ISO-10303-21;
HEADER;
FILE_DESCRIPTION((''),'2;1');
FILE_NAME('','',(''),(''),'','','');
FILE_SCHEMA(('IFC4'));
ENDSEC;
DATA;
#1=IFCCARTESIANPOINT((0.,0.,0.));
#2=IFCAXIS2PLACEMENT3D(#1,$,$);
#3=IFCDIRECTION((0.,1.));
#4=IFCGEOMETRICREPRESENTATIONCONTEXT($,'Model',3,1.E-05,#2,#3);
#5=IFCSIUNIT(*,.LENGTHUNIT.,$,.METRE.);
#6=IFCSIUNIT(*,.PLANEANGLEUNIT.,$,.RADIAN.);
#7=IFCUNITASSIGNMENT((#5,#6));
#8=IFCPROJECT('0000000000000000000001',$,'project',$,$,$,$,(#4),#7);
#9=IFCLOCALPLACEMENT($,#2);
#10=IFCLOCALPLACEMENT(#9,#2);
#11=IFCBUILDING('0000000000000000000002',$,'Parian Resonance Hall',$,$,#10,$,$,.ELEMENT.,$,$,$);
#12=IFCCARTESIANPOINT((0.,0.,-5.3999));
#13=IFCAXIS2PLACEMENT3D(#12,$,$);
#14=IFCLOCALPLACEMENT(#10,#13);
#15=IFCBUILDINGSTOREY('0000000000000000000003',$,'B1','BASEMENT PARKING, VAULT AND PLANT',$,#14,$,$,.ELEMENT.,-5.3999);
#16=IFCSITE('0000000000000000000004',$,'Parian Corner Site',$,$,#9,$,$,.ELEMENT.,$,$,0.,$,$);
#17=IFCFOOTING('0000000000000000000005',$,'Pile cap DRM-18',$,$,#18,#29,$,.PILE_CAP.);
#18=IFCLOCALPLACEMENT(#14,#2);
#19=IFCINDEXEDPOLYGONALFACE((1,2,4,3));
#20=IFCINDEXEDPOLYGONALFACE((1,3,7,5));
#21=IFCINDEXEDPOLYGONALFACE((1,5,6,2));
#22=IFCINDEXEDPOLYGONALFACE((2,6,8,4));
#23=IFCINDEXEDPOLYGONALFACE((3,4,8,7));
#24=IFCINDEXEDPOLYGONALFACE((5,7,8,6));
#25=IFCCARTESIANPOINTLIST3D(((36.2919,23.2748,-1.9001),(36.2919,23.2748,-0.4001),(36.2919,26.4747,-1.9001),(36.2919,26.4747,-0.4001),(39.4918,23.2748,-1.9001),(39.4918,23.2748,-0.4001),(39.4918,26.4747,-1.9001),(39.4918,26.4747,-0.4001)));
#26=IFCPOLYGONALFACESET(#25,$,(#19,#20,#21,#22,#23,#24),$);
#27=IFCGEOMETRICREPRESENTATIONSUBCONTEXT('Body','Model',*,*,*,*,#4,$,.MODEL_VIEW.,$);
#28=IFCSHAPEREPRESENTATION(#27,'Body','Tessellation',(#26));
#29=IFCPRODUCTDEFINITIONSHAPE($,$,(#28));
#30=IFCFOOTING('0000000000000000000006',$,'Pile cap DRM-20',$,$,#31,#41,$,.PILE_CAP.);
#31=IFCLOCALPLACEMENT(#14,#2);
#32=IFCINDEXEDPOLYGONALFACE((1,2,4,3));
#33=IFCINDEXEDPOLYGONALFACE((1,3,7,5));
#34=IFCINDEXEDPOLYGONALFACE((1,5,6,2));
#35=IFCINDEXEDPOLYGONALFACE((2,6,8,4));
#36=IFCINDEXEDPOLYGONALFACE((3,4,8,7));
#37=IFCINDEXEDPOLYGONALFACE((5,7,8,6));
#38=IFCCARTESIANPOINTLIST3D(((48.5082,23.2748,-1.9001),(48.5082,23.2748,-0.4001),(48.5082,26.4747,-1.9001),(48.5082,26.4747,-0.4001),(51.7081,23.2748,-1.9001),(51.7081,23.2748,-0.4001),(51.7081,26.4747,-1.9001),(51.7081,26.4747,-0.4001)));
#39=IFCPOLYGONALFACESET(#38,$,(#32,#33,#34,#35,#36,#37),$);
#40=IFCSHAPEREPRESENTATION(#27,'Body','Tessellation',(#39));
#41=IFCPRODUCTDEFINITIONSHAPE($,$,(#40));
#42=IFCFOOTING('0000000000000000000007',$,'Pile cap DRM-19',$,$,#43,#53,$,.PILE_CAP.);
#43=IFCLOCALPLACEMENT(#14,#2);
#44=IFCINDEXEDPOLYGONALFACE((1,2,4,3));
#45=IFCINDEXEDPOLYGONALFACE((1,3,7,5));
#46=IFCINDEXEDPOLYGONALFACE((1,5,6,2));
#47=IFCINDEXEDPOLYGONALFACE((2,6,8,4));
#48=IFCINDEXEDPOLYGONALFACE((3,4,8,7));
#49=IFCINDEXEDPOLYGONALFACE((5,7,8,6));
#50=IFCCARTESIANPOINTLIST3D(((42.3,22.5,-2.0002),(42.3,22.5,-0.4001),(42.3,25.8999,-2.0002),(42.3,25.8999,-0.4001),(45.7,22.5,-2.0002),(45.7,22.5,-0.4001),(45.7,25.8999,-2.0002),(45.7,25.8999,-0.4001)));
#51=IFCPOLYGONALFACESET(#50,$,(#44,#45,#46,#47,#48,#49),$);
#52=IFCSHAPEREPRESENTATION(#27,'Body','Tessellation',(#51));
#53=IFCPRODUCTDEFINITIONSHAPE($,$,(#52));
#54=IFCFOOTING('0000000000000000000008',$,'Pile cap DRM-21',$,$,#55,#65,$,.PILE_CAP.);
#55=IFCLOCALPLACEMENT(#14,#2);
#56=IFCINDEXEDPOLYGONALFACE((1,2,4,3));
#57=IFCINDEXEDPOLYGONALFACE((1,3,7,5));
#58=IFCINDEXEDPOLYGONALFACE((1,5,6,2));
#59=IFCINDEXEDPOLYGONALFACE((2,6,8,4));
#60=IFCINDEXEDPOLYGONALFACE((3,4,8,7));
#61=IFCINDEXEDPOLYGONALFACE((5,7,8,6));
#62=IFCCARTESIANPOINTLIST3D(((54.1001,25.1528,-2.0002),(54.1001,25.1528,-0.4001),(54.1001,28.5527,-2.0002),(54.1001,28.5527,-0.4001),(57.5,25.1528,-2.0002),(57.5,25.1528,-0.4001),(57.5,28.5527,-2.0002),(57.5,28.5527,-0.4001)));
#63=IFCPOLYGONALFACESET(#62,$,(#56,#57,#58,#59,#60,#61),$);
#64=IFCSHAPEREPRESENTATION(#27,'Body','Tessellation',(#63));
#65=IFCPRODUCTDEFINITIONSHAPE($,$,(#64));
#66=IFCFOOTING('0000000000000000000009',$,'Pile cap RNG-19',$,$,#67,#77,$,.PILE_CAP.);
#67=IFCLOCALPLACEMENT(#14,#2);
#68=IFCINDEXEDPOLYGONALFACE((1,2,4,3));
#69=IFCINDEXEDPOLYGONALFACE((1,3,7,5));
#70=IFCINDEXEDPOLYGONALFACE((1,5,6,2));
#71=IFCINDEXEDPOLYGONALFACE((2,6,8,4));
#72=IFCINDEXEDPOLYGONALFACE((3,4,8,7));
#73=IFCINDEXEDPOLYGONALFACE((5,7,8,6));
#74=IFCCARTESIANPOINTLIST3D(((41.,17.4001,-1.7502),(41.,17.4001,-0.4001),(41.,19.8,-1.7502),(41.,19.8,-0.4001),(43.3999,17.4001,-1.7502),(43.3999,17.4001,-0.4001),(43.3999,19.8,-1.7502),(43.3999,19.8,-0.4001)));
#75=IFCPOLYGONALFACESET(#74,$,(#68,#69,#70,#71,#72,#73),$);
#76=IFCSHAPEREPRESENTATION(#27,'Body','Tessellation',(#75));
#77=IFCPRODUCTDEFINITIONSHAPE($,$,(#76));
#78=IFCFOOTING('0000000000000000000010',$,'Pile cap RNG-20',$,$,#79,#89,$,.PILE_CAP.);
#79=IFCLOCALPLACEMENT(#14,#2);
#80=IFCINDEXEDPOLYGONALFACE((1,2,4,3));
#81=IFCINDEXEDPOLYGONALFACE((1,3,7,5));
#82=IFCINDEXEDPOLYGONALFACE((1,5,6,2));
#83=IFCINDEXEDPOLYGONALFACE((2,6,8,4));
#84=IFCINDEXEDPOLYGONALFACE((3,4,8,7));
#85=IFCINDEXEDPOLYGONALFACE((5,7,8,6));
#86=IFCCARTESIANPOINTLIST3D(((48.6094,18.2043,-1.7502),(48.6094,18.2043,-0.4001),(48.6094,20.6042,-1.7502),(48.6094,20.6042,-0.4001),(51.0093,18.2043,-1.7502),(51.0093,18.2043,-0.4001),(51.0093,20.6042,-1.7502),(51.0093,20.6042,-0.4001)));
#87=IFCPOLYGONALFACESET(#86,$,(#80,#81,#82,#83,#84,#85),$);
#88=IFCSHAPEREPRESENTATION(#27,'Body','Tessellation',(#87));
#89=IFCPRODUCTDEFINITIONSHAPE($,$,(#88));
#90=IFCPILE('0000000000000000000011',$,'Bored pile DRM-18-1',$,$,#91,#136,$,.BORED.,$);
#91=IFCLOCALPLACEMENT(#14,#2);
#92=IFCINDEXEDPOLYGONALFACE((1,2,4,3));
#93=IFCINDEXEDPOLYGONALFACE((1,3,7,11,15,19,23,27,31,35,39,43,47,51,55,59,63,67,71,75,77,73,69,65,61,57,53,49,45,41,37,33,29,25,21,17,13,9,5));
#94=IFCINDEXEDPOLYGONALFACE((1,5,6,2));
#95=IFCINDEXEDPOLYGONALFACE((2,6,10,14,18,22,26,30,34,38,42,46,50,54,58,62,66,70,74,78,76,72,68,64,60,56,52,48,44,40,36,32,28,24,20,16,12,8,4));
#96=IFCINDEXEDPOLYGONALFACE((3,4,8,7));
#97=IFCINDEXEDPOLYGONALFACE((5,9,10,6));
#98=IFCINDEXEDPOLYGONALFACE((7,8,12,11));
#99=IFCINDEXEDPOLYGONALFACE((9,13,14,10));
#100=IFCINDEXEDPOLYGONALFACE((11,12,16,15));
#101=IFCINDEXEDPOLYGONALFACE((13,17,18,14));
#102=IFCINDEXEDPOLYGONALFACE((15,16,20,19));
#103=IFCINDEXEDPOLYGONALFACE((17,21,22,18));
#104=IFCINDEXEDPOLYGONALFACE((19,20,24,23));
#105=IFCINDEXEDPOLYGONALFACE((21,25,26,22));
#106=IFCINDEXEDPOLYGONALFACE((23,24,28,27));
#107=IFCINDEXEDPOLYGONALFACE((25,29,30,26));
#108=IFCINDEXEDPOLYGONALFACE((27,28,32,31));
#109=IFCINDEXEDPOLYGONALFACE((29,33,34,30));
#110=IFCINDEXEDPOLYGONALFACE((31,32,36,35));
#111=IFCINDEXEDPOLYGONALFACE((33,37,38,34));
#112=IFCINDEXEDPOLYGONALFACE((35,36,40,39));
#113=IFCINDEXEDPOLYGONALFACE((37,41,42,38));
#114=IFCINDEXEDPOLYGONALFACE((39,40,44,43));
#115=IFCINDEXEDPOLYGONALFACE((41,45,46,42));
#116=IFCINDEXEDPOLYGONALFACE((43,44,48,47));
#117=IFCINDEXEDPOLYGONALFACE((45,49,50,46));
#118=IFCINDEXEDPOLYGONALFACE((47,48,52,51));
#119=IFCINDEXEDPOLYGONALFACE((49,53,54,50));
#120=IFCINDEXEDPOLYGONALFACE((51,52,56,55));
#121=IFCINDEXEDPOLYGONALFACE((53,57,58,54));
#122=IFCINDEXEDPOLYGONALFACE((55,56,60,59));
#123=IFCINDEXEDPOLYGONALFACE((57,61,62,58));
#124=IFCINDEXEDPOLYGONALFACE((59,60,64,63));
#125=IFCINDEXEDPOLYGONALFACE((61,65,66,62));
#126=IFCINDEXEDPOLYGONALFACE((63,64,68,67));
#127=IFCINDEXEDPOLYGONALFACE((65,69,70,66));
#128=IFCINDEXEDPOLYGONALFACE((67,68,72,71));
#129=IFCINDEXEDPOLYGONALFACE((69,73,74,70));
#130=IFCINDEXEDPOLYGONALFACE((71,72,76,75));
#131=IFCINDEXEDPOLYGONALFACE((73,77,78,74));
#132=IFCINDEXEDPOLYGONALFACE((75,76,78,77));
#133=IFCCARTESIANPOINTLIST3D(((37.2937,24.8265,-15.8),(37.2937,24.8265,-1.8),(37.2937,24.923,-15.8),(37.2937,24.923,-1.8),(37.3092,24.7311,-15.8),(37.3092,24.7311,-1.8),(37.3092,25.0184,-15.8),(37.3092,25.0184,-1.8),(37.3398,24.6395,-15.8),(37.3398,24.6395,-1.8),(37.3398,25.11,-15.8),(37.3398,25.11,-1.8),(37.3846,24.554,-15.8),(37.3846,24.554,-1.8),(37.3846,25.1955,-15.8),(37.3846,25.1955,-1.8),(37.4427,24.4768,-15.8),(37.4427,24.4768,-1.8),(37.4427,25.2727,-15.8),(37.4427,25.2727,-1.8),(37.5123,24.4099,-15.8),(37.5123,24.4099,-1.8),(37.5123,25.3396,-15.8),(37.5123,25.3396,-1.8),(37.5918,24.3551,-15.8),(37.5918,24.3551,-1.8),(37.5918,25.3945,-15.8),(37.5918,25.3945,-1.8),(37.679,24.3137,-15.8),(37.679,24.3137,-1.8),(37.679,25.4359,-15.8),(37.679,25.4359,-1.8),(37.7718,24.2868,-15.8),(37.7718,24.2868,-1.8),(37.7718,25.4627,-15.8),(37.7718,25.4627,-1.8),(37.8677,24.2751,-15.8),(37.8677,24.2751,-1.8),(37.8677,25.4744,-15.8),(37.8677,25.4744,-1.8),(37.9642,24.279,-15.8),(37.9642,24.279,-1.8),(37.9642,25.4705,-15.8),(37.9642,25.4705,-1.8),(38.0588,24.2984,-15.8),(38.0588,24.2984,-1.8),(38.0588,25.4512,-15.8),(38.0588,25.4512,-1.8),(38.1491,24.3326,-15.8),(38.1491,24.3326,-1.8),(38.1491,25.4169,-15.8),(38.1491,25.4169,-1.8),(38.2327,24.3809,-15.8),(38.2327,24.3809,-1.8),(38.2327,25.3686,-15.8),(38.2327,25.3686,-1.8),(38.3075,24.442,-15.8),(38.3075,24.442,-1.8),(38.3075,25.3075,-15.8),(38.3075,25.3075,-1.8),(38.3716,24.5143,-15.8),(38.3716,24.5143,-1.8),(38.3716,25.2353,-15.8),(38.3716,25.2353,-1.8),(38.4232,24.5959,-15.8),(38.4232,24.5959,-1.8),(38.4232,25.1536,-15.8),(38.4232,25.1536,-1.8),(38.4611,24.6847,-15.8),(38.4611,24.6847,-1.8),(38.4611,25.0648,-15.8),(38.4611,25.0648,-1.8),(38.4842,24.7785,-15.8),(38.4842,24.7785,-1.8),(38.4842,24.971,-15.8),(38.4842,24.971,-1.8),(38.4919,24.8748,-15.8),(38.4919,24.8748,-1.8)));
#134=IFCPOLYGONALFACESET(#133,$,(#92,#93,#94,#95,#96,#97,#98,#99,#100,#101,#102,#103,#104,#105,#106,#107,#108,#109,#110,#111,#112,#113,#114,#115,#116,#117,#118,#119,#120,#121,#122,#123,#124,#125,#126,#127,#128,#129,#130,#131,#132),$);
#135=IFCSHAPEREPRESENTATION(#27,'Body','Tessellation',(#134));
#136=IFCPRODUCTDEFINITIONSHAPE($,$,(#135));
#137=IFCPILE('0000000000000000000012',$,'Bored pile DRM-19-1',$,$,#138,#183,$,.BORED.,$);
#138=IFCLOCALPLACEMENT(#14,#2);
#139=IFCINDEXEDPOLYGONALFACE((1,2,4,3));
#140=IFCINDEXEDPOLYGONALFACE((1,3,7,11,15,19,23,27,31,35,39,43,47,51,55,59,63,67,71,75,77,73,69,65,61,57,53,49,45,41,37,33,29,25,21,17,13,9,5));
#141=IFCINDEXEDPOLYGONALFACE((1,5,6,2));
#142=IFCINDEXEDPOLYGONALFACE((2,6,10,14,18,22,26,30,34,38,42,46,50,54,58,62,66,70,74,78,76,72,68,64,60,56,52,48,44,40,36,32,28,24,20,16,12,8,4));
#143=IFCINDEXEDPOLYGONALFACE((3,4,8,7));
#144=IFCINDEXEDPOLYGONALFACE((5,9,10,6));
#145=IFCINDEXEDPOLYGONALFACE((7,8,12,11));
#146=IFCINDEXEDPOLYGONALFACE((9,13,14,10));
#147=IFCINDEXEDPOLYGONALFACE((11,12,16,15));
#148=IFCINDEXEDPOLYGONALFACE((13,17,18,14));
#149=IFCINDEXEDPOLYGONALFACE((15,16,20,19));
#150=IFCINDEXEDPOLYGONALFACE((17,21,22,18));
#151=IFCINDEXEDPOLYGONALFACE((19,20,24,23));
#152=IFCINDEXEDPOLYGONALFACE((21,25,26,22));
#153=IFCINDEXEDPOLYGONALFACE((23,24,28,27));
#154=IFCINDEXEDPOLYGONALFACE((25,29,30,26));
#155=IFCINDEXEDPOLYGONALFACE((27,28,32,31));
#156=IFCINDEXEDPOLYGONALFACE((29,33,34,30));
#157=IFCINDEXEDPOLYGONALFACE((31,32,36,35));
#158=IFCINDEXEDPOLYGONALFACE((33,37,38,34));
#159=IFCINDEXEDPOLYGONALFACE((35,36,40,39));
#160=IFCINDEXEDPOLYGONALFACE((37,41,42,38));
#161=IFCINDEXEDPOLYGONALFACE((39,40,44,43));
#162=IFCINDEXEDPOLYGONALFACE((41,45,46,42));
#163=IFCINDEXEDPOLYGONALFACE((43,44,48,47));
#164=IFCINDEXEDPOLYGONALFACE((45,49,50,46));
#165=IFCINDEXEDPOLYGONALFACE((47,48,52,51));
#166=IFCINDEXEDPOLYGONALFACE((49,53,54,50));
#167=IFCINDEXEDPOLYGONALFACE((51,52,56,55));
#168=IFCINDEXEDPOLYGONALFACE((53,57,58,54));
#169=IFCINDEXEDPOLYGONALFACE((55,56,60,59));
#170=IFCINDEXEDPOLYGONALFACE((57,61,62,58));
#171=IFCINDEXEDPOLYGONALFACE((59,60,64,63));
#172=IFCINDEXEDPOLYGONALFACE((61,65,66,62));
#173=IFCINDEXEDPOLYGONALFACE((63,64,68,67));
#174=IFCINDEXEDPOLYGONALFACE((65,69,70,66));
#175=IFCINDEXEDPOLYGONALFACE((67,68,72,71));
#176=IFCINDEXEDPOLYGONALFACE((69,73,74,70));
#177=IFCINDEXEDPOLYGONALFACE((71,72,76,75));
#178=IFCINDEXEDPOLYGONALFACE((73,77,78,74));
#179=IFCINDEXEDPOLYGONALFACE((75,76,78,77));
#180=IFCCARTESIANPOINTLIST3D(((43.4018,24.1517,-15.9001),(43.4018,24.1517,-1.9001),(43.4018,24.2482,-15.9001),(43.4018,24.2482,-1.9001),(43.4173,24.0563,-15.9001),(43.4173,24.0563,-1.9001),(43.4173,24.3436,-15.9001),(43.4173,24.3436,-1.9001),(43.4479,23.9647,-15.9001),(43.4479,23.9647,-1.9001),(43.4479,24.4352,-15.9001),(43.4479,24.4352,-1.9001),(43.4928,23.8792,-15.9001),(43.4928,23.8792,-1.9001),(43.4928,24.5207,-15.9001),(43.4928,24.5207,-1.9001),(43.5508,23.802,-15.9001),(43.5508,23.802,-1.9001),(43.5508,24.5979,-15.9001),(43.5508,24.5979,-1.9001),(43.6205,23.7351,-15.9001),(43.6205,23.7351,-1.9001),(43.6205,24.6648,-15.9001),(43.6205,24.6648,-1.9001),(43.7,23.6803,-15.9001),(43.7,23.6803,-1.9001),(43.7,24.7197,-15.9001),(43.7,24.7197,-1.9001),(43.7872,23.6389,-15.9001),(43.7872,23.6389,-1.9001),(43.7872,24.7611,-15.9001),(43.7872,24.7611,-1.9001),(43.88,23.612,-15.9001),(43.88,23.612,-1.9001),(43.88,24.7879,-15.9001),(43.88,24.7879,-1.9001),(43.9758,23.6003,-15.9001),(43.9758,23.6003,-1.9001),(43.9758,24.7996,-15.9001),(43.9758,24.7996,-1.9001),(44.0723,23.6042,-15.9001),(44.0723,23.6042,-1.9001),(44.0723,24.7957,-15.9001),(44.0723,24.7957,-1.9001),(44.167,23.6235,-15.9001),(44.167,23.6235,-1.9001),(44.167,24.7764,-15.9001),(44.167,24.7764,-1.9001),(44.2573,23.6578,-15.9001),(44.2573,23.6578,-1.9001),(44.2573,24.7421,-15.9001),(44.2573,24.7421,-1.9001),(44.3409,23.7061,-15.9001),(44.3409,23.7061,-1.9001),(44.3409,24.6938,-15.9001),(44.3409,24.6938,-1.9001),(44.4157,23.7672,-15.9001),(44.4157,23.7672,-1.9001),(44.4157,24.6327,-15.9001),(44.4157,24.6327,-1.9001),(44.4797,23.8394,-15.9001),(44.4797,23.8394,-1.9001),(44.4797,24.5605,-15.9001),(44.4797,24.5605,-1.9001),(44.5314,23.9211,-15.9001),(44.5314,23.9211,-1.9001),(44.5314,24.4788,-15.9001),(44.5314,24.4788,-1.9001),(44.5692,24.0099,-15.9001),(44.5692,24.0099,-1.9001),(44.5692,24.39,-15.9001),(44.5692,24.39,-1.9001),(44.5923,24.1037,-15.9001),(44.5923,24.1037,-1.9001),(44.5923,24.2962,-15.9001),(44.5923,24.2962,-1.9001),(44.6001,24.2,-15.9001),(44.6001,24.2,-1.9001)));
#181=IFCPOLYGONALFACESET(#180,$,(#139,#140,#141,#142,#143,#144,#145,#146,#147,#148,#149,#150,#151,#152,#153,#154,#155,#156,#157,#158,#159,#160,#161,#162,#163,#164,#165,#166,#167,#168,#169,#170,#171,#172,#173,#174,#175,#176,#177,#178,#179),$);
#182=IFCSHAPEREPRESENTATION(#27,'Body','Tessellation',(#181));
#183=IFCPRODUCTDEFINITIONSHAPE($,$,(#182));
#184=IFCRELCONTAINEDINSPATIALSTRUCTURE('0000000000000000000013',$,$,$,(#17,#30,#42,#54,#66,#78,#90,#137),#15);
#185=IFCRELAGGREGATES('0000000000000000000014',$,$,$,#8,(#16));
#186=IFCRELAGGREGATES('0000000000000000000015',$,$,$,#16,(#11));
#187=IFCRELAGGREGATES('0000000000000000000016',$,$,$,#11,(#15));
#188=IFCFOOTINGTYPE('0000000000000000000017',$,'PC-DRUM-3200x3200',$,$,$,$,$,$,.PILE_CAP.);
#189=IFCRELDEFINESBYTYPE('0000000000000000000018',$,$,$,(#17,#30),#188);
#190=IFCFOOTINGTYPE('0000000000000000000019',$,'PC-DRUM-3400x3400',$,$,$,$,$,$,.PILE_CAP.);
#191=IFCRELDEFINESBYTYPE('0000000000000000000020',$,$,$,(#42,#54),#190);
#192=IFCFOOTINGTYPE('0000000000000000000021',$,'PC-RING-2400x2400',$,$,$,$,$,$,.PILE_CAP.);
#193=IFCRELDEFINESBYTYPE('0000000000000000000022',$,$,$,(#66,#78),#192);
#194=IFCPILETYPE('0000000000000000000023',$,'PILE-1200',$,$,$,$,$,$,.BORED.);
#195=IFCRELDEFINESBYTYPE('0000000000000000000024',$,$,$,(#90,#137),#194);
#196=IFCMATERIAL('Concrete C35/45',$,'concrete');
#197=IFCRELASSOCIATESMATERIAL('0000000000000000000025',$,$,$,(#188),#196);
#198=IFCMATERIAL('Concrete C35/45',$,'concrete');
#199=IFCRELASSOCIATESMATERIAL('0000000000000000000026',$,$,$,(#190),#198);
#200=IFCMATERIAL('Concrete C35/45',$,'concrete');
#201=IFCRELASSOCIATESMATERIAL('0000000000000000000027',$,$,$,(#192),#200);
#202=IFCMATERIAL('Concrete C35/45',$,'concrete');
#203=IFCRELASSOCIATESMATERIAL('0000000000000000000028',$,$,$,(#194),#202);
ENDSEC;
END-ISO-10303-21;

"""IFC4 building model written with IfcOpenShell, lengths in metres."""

from ifc_helpers import new_model, si_unit, direction, frame, origin, origin_2d, place, context, subcontext, project, spatial, rectangle, circle, extrude, material, material_profile, profile_set, type_object, element, save


model = new_model("IFC4")

# Units and contexts
model_context = context("Model", 3, precision=1e-05, world=origin(), true_north=direction((0.0, 1.0)))
body_context = subcontext(model_context, "Body", "Model", "MODEL_VIEW")
ifc_project = project(units=[si_unit("LENGTHUNIT", "METRE"), si_unit("PLANEANGLEUNIT", "RADIAN")], contexts=[model_context])

# Site, building, storey
site_placement = place(None, origin())
site = spatial("IfcSite", under=ifc_project, at=site_placement, Name="Parian Corner Site", CompositionType="ELEMENT", RefElevation=0.0)
building_placement = place(site_placement, origin())
building = spatial("IfcBuilding", under=site, at=building_placement, Name="Parian Resonance Hall", CompositionType="ELEMENT")
storey_placement = place(building_placement, frame((0.0, 0.0, -5.3999)))
storey = spatial("IfcBuildingStorey", under=building, at=storey_placement, Name="B1", Description="BASEMENT PARKING, VAULT AND PLANT", CompositionType="ELEMENT", Elevation=-5.3999)

# Footings
ifc_material_1 = material(Name="Concrete C35/45", Category="concrete")
footing_type_1 = type_object("IfcFootingType", Name="PC-DRUM-3200x3200", PredefinedType="PILE_CAP", material=ifc_material_1)
for number, where, z_axis, x_axis, name in (
    (1, (37.8918, 24.8748, -1.9001), (0.0, 0.0, 1.0), (1.0, 0.0, 0.0), "Pile cap DRM-18"),
    (2, (50.1082, 24.8748, -1.9001), (0.0, 0.0, 1.0), (1.0, 0.0, 0.0), "Pile cap DRM-20"),
):
    element("IfcFooting", number, at=place(storey_placement, frame(where, z_axis=z_axis, x_axis=x_axis)), inside=storey, type_object=footing_type_1, Name=name, PredefinedType="PILE_CAP", context=body_context, shape_type="SweptSolid", body=[
        extrude(rectangle(XDim=3.2, YDim=3.2, at=origin_2d()), origin(), (0.0, 0.0, 1.0), 1.5),
    ])
ifc_material_2 = material(Name="Concrete C35/45", Category="concrete")
footing_type_2 = type_object("IfcFootingType", Name="PC-DRUM-3400x3400", PredefinedType="PILE_CAP", material=ifc_material_2)
for number, where, z_axis, x_axis, name in (
    (3, (44.0, 24.2, -2.0002), (0.0, 0.0, 1.0), (1.0, 0.0, 0.0), "Pile cap DRM-19"),
    (4, (55.8, 26.8528, -2.0002), (0.0, 0.0, 1.0), (1.0, 0.0, 0.0), "Pile cap DRM-21"),
):
    element("IfcFooting", number, at=place(storey_placement, frame(where, z_axis=z_axis, x_axis=x_axis)), inside=storey, type_object=footing_type_2, Name=name, PredefinedType="PILE_CAP", context=body_context, shape_type="SweptSolid", body=[
        extrude(rectangle(XDim=3.3999, YDim=3.3999, at=origin_2d()), origin(), (0.0, 0.0, 1.0), 1.6001),
    ])
ifc_material_3 = material(Name="Concrete C35/45", Category="concrete")
footing_type_3 = type_object("IfcFootingType", Name="PC-RING-2400x2400", PredefinedType="PILE_CAP", material=ifc_material_3)
for number, where, z_axis, x_axis, name in (
    (5, (42.2, 18.6001, -1.7502), (0.0, 0.0, 1.0), (1.0, 0.0, 0.0), "Pile cap RNG-19"),
    (6, (49.8093, 19.4043, -1.7502), (0.0, 0.0, 1.0), (1.0, 0.0, 0.0), "Pile cap RNG-20"),
):
    element("IfcFooting", number, at=place(storey_placement, frame(where, z_axis=z_axis, x_axis=x_axis)), inside=storey, type_object=footing_type_3, Name=name, PredefinedType="PILE_CAP", context=body_context, shape_type="SweptSolid", body=[
        extrude(rectangle(XDim=2.3999, YDim=2.3999, at=origin_2d()), origin(), (0.0, 0.0, 1.0), 1.3501),
    ])

# Piles
ifc_material_4 = material(Name="Concrete C35/45", Category="concrete")
ifc_material_profile_1 = material_profile(ifc_material_4, circle(Radius=0.6001, at=origin_2d()), Name="PILE-D1200")
ifc_profile_set_1 = profile_set([ifc_material_profile_1], Name="Concrete C35/45")
pile_type = type_object("IfcPileType", Name="PILE-1200", PredefinedType="BORED", material=ifc_profile_set_1)
for number, where, z_axis, x_axis, name in (
    (7, (37.8918, 24.8748, -1.8), (0.0, 0.0, -1.0), (1.0, 0.0, 0.0), "Bored pile DRM-18-1"),
    (8, (44.0, 24.2, -1.9001), (0.0, 0.0, -1.0), (1.0, 0.0, 0.0), "Bored pile DRM-19-1"),
):
    element("IfcPile", number, at=place(storey_placement, frame(where, z_axis=z_axis, x_axis=x_axis)), inside=storey, type_object=pile_type, Name=name, PredefinedType="BORED", context=body_context, shape_type="SweptSolid", body=[
        extrude(circle(Radius=0.6001, at=origin_2d()), origin(), (0.0, 0.0, 1.0), 14.0),
    ])

save(model, "model.ifc")
